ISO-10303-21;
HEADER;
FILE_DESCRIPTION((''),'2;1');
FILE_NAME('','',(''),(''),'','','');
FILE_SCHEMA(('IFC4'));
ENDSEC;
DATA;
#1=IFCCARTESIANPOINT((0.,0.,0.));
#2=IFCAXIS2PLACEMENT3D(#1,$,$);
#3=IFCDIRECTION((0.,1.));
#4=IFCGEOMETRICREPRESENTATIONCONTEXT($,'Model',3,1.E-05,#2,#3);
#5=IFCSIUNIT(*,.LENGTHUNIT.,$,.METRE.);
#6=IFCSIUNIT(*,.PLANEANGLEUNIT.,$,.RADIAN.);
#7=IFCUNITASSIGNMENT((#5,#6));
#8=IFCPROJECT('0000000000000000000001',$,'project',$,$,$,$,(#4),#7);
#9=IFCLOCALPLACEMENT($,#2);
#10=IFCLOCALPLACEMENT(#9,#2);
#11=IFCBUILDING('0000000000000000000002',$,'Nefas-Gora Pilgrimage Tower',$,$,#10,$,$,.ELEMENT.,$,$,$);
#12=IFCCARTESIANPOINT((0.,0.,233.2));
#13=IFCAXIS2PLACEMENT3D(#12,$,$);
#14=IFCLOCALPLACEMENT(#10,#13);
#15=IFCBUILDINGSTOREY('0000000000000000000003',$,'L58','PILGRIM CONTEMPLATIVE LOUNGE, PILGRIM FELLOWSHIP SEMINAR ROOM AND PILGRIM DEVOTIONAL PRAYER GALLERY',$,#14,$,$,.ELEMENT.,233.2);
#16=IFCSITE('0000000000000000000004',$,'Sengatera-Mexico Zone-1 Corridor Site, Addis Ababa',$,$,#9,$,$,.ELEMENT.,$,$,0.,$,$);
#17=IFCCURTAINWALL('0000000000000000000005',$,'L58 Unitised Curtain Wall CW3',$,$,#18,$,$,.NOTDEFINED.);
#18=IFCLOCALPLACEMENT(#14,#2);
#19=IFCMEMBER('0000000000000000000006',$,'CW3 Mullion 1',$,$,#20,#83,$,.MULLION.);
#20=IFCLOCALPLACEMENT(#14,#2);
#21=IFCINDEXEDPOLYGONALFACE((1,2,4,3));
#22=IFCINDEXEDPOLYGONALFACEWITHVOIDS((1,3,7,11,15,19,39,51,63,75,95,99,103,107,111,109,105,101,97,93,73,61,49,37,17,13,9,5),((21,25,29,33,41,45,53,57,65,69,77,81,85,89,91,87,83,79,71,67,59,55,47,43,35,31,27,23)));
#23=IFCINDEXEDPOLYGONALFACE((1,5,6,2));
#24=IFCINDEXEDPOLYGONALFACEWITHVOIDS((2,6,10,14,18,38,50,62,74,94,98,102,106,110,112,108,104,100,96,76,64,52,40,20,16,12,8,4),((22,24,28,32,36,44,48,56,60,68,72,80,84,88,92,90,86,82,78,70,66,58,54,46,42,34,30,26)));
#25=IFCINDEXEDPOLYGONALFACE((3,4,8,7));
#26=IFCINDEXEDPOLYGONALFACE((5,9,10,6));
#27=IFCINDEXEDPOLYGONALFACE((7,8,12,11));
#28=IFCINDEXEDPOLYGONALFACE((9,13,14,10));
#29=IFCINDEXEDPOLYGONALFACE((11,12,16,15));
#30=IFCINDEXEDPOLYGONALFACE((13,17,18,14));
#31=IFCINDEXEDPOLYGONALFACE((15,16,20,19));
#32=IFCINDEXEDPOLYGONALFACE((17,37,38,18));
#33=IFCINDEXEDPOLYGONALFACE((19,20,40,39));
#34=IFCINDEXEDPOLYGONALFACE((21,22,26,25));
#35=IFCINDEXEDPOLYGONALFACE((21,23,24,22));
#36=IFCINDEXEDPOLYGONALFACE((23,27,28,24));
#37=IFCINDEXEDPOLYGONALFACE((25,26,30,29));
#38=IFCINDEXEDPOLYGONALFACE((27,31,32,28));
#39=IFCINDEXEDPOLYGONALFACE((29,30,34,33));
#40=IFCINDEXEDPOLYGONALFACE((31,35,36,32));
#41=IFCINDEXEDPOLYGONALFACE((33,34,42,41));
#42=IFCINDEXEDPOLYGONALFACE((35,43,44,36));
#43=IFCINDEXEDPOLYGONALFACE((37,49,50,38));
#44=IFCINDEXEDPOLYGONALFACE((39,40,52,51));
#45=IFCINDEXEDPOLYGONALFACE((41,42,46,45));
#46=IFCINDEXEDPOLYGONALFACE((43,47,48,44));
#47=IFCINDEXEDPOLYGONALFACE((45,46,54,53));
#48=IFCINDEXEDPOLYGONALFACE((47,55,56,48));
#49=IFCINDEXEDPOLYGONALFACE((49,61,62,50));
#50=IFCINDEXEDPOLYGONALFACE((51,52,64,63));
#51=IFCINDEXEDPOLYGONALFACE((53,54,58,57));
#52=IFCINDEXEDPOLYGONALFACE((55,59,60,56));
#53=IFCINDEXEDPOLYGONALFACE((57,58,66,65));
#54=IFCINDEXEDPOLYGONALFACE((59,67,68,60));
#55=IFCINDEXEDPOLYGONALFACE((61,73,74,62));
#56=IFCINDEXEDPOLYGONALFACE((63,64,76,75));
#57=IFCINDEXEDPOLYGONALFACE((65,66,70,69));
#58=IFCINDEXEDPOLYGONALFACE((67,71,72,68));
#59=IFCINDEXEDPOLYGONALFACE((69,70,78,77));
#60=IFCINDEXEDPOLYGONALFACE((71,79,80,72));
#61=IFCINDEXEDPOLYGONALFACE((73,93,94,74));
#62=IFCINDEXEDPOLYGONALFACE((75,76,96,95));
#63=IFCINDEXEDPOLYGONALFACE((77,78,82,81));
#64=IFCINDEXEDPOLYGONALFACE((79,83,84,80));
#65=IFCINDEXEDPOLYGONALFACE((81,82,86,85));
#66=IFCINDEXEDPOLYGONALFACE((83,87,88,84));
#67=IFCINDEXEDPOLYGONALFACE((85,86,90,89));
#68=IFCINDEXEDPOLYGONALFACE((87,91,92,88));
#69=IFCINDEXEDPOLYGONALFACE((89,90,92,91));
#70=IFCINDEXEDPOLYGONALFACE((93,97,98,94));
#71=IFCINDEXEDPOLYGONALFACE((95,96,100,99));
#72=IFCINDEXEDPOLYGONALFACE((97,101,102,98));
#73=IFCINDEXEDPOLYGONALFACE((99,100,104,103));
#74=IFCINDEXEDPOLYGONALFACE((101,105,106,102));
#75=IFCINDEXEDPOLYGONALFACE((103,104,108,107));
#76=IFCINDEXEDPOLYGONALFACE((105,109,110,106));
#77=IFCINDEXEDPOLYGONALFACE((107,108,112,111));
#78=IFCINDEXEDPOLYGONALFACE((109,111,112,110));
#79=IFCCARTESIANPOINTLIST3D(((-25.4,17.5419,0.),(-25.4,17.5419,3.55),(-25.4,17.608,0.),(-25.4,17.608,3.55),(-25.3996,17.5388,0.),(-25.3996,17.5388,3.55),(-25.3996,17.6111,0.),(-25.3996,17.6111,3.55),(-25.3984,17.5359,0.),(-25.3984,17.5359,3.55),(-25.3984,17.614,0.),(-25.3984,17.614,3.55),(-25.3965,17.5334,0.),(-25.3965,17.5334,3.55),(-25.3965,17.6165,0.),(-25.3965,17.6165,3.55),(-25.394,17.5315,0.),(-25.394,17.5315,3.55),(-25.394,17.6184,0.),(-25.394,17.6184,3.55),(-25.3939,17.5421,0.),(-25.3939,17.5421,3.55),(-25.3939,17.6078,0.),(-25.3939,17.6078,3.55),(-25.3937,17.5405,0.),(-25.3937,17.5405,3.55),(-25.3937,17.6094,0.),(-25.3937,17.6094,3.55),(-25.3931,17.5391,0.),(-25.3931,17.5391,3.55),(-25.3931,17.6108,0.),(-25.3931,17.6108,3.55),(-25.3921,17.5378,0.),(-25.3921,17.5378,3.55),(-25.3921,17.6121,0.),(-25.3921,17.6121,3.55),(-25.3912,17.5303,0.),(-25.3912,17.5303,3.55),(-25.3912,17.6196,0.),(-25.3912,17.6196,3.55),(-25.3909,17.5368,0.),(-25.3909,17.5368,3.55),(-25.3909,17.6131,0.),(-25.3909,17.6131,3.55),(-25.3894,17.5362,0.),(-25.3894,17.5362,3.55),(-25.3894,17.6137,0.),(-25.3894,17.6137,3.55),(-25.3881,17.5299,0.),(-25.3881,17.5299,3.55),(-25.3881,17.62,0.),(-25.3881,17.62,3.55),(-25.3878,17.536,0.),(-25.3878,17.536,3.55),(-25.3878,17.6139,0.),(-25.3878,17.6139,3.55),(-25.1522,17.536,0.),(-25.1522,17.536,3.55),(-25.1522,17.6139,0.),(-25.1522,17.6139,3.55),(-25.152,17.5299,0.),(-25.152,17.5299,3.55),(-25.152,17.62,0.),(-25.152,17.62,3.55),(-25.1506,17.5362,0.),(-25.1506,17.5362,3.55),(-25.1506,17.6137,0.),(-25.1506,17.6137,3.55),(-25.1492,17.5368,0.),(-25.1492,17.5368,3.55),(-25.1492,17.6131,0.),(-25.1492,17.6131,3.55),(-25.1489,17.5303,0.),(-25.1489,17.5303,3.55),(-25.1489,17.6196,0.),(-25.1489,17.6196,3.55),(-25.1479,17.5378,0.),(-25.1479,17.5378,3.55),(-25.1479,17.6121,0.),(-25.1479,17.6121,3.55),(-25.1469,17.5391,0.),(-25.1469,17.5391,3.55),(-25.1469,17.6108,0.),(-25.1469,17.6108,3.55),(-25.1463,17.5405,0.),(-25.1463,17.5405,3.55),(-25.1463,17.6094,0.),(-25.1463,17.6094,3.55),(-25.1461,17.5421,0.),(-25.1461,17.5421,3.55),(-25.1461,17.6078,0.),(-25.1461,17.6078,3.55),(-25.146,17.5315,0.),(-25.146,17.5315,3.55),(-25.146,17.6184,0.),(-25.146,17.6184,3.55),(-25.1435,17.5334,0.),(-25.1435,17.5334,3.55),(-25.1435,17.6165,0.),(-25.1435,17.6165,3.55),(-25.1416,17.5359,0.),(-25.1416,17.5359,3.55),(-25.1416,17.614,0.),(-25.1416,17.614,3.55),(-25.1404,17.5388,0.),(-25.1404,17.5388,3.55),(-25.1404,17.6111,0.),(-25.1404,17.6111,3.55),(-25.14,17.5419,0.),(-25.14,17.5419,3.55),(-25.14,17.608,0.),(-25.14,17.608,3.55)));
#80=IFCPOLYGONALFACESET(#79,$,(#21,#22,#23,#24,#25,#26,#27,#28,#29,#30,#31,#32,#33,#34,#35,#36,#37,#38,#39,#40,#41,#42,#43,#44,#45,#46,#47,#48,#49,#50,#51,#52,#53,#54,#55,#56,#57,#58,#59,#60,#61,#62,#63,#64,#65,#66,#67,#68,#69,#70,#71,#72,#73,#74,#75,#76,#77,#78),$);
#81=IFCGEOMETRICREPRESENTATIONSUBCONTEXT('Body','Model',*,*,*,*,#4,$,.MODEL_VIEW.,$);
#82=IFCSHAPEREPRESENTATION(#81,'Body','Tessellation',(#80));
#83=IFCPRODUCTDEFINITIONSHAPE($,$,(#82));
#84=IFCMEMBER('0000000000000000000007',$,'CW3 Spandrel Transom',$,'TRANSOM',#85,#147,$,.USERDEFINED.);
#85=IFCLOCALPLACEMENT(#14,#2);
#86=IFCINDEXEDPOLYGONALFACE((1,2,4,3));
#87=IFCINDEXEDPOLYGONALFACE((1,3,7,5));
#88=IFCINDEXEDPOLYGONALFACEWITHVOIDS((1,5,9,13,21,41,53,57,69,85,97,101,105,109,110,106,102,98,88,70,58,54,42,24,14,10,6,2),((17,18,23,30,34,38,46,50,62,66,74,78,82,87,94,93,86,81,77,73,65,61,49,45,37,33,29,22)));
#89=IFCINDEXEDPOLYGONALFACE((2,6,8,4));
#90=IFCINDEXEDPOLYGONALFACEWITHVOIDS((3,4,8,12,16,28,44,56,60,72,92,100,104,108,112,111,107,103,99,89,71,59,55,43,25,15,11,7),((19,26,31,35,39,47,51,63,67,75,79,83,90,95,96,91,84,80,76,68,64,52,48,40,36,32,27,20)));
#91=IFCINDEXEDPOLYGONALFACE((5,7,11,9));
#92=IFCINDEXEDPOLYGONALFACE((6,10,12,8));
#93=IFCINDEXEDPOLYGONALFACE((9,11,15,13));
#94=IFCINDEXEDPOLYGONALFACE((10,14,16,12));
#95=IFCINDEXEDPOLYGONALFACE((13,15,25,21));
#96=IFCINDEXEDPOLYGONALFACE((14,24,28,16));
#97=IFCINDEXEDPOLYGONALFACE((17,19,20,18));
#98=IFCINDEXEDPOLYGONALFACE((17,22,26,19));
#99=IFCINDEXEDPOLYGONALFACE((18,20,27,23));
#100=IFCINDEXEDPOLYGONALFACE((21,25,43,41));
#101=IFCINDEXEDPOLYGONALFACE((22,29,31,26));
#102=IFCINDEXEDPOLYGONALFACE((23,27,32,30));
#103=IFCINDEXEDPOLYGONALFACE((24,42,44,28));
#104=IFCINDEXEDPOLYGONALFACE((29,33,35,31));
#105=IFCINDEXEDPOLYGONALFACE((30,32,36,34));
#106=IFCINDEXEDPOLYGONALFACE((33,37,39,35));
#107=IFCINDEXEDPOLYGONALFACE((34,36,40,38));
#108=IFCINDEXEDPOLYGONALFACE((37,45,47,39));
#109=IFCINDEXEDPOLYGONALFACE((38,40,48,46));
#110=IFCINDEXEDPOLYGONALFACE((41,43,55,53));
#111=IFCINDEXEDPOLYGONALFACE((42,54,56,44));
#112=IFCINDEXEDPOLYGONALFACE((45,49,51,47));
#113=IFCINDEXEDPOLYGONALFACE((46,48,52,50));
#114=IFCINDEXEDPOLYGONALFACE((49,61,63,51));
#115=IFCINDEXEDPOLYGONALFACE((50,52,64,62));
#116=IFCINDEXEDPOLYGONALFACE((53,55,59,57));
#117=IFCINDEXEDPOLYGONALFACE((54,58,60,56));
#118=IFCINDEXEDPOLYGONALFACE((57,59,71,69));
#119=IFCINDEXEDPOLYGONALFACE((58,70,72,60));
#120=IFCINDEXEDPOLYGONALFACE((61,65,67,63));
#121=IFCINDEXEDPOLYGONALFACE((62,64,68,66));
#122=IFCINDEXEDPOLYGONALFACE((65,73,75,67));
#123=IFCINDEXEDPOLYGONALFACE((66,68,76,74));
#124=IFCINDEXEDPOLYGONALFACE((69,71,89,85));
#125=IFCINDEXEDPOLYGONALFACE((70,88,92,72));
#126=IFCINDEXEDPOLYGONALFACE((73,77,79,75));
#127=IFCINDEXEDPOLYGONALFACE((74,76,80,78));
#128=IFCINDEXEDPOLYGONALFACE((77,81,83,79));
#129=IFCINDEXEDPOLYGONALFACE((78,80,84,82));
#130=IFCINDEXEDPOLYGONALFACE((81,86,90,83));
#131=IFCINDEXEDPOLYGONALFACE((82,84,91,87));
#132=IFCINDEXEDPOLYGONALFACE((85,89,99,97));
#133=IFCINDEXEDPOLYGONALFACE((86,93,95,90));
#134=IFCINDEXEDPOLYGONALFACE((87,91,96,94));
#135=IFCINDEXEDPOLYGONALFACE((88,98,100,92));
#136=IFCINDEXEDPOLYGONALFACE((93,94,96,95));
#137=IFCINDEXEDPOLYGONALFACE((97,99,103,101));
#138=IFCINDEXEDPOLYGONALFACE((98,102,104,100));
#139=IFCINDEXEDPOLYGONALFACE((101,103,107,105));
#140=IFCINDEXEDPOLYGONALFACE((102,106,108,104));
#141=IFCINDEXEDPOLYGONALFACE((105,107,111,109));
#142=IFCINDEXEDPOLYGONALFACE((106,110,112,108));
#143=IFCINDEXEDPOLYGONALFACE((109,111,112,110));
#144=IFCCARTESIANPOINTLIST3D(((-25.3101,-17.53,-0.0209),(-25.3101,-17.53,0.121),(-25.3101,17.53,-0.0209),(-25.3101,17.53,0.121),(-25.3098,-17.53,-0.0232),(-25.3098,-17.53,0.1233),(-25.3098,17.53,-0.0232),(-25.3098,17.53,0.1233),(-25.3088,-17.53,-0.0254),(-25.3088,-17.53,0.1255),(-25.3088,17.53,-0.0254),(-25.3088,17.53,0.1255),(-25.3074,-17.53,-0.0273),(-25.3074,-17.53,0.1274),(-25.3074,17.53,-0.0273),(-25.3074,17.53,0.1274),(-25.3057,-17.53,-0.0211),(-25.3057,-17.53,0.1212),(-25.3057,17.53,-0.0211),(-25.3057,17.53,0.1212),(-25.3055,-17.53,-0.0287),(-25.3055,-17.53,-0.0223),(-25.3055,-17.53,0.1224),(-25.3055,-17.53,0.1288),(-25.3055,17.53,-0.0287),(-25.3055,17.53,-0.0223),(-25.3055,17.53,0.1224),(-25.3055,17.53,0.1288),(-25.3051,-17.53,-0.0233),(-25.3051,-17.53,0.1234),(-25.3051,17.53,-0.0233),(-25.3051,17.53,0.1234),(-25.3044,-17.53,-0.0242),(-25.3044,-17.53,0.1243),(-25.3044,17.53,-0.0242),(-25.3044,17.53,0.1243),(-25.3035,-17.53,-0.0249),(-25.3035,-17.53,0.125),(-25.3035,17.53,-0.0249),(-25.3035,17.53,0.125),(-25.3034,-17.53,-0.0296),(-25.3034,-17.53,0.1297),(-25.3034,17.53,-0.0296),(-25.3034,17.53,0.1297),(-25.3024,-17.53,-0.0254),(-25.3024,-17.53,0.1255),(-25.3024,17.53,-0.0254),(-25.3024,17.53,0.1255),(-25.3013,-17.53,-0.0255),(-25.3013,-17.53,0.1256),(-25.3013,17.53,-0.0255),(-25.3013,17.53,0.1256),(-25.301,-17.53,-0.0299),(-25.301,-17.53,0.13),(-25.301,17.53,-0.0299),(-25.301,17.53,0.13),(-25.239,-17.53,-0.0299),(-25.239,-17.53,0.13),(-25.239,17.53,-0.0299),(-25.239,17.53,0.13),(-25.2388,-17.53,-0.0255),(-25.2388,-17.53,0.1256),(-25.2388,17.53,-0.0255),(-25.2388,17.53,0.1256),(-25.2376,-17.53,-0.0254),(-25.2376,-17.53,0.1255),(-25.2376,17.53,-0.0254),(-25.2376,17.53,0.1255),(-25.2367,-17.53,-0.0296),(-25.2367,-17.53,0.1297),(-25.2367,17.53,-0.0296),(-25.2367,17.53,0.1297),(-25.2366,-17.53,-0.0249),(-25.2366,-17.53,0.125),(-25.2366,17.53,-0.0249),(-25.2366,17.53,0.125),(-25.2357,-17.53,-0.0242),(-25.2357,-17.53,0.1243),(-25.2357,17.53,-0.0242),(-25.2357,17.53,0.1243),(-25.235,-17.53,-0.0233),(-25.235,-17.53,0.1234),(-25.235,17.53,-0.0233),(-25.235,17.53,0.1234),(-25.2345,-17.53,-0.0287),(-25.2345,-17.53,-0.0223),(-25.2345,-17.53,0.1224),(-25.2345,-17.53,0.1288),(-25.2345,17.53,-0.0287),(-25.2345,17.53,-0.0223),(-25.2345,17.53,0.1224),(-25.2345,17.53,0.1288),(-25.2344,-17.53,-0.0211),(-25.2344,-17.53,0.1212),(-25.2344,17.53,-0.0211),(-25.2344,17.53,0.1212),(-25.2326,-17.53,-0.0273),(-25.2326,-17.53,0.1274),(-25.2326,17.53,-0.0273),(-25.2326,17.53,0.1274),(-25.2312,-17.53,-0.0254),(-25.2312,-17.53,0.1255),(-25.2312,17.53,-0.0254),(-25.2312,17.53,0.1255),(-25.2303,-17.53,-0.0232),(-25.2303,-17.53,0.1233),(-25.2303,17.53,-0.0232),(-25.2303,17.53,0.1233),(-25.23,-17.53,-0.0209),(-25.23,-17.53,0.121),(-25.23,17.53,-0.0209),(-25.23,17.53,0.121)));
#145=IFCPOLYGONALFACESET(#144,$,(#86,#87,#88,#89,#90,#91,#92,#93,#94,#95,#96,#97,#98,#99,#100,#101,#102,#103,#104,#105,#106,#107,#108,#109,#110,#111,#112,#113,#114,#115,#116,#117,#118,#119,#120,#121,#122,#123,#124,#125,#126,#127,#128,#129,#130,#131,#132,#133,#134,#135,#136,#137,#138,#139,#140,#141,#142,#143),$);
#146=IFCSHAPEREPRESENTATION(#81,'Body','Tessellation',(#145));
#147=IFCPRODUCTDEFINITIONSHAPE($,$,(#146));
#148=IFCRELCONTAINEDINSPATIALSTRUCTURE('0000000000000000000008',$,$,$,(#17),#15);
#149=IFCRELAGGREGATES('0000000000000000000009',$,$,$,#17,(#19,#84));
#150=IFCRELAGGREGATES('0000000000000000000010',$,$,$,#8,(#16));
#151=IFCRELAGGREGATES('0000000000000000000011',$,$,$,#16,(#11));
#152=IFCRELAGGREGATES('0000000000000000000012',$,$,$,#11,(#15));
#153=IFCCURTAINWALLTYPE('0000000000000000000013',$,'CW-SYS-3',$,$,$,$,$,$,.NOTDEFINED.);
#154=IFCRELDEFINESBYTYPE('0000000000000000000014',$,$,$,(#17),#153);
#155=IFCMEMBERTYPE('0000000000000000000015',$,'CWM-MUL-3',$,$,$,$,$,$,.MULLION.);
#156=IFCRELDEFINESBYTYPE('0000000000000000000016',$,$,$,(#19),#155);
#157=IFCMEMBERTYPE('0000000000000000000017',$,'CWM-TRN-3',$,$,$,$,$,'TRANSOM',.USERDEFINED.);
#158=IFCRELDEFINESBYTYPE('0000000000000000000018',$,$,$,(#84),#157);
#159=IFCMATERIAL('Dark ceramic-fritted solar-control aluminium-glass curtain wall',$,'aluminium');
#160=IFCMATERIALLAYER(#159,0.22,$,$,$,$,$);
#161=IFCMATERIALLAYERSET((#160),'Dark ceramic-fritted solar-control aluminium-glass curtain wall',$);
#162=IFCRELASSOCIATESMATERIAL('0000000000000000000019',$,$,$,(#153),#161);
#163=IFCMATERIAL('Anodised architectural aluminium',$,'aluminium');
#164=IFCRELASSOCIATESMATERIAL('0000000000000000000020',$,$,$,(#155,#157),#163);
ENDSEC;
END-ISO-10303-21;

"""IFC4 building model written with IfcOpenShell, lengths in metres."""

from ifc_helpers import new_model, si_unit, direction, frame, origin, origin_2d, place, context, subcontext, project, spatial, hollow_rectangle, extrude, source, transform, mapped, material, layer, layer_set, material_profile, profile_set, type_object, element, aggregate, save


model = new_model("IFC4")

# Units and contexts
model_context = context("Model", 3, precision=1e-05, world=origin(), true_north=direction((0.0, 1.0)))
body_context = subcontext(model_context, "Body", "Model", "MODEL_VIEW")
ifc_project = project(units=[si_unit("LENGTHUNIT", "METRE"), si_unit("PLANEANGLEUNIT", "RADIAN")], contexts=[model_context])

# Site, building, storey
site_placement = place(None, origin())
site = spatial("IfcSite", under=ifc_project, at=site_placement, Name="Sengatera-Mexico Zone-1 Corridor Site, Addis Ababa", CompositionType="ELEMENT", RefElevation=0.0)
building_placement = place(site_placement, origin())
building = spatial("IfcBuilding", under=site, at=building_placement, Name="Nefas-Gora Pilgrimage Tower", CompositionType="ELEMENT")
storey_placement = place(building_placement, frame((0.0, 0.0, 233.2)))
storey = spatial("IfcBuildingStorey", under=building, at=storey_placement, Name="L58", Description="PILGRIM CONTEMPLATIVE LOUNGE, PILGRIM FELLOWSHIP SEMINAR ROOM AND PILGRIM DEVOTIONAL PRAYER GALLERY", CompositionType="ELEMENT", Elevation=233.2)

# Curtain wall, members
ifc_material_1 = material(Name="Dark ceramic-fritted solar-control aluminium-glass curtain wall", Category="aluminium")
ifc_material_2 = material(Name="Anodised architectural aluminium", Category="aluminium")
ifc_layer_1 = layer(ifc_material_1, 0.22)
ifc_layer_set_1 = layer_set([ifc_layer_1], Name="Dark ceramic-fritted solar-control aluminium-glass curtain wall")
curtain_wall_type_1 = type_object("IfcCurtainWallType", Name="CW-SYS-3", PredefinedType="NOTDEFINED", material=ifc_layer_set_1)
ifc_material_profile_1 = material_profile(ifc_material_2, hollow_rectangle(XDim=0.0901, YDim=0.26, WallThickness=0.0061, InnerFilletRadius=0.0061, OuterFilletRadius=0.012, at=origin_2d()), Name="ALU MULLION 90x260")
ifc_profile_set_1 = profile_set([ifc_material_profile_1], Name="Anodised architectural aluminium")
member_type_1 = type_object("IfcMemberType", Name="CWM-MUL-3", PredefinedType="MULLION", material=ifc_profile_set_1)
shared_shape_1 = source(origin(), body_context, "Body", "SweptSolid", [
    extrude(hollow_rectangle(XDim=0.0901, YDim=0.26, WallThickness=0.0061, InnerFilletRadius=0.0061, OuterFilletRadius=0.012, at=origin_2d()), origin(), (0.0, 0.0, 1.0), 3.55),
])
curtain_wall_1_placement = place(storey_placement, origin())
curtain_wall_1 = element("IfcCurtainWall", 1, at=curtain_wall_1_placement, inside=storey, type_object=curtain_wall_type_1, Name="L58 Unitised Curtain Wall CW3", PredefinedType="NOTDEFINED")
member_1_placement = place(storey_placement, frame((-25.27, 17.575, 0.0), z_axis=(0.0, 0.0, 1.0), x_axis=(0.0, -1.0, 0.0)))
member_1 = element("IfcMember", 2, at=member_1_placement, type_object=member_type_1, Name="CW3 Mullion 1", PredefinedType="MULLION", context=body_context, shape_type="MappedRepresentation", body=[
    mapped(shared_shape_1, transform((0.0, 0.0, 0.0), x_axis=(1.0, 0.0, 0.0), y_axis=(0.0, 1.0, 0.0), z_axis=(0.0, 0.0, 1.0), scale=1.0)),
])
ifc_material_profile_2 = material_profile(ifc_material_2, hollow_rectangle(XDim=0.0801, YDim=0.1599, WallThickness=0.0044, InnerFilletRadius=0.0044, OuterFilletRadius=0.009, at=origin_2d()), Name="ALU TRANSOM 80x160")
ifc_profile_set_2 = profile_set([ifc_material_profile_2], Name="Anodised architectural aluminium")
member_type_2 = type_object("IfcMemberType", Name="CWM-TRN-3", ElementType="TRANSOM", PredefinedType="USERDEFINED", material=ifc_profile_set_2)
shared_shape_2 = source(origin(), body_context, "Body", "SweptSolid", [
    extrude(hollow_rectangle(XDim=0.0801, YDim=0.1599, WallThickness=0.0044, InnerFilletRadius=0.0044, OuterFilletRadius=0.009, at=origin_2d()), origin(), (0.0, 0.0, 1.0), 35.0601),
])
member_2_placement = place(storey_placement, frame((-25.27, 17.53, 0.05), z_axis=(0.0, -1.0, 0.0), x_axis=(1.0, 0.0, 0.0)))
member_2 = element("IfcMember", 3, at=member_2_placement, type_object=member_type_2, Name="CW3 Spandrel Transom", ObjectType="TRANSOM", PredefinedType="USERDEFINED", context=body_context, shape_type="MappedRepresentation", body=[
    mapped(shared_shape_2, transform((0.0, 0.0, 0.0), x_axis=(1.0, 0.0, 0.0), y_axis=(0.0, 1.0, 0.0), z_axis=(0.0, 0.0, 1.0), scale=1.0)),
])
aggregate(curtain_wall_1, [member_1, member_2])

save(model, "model.ifc")
